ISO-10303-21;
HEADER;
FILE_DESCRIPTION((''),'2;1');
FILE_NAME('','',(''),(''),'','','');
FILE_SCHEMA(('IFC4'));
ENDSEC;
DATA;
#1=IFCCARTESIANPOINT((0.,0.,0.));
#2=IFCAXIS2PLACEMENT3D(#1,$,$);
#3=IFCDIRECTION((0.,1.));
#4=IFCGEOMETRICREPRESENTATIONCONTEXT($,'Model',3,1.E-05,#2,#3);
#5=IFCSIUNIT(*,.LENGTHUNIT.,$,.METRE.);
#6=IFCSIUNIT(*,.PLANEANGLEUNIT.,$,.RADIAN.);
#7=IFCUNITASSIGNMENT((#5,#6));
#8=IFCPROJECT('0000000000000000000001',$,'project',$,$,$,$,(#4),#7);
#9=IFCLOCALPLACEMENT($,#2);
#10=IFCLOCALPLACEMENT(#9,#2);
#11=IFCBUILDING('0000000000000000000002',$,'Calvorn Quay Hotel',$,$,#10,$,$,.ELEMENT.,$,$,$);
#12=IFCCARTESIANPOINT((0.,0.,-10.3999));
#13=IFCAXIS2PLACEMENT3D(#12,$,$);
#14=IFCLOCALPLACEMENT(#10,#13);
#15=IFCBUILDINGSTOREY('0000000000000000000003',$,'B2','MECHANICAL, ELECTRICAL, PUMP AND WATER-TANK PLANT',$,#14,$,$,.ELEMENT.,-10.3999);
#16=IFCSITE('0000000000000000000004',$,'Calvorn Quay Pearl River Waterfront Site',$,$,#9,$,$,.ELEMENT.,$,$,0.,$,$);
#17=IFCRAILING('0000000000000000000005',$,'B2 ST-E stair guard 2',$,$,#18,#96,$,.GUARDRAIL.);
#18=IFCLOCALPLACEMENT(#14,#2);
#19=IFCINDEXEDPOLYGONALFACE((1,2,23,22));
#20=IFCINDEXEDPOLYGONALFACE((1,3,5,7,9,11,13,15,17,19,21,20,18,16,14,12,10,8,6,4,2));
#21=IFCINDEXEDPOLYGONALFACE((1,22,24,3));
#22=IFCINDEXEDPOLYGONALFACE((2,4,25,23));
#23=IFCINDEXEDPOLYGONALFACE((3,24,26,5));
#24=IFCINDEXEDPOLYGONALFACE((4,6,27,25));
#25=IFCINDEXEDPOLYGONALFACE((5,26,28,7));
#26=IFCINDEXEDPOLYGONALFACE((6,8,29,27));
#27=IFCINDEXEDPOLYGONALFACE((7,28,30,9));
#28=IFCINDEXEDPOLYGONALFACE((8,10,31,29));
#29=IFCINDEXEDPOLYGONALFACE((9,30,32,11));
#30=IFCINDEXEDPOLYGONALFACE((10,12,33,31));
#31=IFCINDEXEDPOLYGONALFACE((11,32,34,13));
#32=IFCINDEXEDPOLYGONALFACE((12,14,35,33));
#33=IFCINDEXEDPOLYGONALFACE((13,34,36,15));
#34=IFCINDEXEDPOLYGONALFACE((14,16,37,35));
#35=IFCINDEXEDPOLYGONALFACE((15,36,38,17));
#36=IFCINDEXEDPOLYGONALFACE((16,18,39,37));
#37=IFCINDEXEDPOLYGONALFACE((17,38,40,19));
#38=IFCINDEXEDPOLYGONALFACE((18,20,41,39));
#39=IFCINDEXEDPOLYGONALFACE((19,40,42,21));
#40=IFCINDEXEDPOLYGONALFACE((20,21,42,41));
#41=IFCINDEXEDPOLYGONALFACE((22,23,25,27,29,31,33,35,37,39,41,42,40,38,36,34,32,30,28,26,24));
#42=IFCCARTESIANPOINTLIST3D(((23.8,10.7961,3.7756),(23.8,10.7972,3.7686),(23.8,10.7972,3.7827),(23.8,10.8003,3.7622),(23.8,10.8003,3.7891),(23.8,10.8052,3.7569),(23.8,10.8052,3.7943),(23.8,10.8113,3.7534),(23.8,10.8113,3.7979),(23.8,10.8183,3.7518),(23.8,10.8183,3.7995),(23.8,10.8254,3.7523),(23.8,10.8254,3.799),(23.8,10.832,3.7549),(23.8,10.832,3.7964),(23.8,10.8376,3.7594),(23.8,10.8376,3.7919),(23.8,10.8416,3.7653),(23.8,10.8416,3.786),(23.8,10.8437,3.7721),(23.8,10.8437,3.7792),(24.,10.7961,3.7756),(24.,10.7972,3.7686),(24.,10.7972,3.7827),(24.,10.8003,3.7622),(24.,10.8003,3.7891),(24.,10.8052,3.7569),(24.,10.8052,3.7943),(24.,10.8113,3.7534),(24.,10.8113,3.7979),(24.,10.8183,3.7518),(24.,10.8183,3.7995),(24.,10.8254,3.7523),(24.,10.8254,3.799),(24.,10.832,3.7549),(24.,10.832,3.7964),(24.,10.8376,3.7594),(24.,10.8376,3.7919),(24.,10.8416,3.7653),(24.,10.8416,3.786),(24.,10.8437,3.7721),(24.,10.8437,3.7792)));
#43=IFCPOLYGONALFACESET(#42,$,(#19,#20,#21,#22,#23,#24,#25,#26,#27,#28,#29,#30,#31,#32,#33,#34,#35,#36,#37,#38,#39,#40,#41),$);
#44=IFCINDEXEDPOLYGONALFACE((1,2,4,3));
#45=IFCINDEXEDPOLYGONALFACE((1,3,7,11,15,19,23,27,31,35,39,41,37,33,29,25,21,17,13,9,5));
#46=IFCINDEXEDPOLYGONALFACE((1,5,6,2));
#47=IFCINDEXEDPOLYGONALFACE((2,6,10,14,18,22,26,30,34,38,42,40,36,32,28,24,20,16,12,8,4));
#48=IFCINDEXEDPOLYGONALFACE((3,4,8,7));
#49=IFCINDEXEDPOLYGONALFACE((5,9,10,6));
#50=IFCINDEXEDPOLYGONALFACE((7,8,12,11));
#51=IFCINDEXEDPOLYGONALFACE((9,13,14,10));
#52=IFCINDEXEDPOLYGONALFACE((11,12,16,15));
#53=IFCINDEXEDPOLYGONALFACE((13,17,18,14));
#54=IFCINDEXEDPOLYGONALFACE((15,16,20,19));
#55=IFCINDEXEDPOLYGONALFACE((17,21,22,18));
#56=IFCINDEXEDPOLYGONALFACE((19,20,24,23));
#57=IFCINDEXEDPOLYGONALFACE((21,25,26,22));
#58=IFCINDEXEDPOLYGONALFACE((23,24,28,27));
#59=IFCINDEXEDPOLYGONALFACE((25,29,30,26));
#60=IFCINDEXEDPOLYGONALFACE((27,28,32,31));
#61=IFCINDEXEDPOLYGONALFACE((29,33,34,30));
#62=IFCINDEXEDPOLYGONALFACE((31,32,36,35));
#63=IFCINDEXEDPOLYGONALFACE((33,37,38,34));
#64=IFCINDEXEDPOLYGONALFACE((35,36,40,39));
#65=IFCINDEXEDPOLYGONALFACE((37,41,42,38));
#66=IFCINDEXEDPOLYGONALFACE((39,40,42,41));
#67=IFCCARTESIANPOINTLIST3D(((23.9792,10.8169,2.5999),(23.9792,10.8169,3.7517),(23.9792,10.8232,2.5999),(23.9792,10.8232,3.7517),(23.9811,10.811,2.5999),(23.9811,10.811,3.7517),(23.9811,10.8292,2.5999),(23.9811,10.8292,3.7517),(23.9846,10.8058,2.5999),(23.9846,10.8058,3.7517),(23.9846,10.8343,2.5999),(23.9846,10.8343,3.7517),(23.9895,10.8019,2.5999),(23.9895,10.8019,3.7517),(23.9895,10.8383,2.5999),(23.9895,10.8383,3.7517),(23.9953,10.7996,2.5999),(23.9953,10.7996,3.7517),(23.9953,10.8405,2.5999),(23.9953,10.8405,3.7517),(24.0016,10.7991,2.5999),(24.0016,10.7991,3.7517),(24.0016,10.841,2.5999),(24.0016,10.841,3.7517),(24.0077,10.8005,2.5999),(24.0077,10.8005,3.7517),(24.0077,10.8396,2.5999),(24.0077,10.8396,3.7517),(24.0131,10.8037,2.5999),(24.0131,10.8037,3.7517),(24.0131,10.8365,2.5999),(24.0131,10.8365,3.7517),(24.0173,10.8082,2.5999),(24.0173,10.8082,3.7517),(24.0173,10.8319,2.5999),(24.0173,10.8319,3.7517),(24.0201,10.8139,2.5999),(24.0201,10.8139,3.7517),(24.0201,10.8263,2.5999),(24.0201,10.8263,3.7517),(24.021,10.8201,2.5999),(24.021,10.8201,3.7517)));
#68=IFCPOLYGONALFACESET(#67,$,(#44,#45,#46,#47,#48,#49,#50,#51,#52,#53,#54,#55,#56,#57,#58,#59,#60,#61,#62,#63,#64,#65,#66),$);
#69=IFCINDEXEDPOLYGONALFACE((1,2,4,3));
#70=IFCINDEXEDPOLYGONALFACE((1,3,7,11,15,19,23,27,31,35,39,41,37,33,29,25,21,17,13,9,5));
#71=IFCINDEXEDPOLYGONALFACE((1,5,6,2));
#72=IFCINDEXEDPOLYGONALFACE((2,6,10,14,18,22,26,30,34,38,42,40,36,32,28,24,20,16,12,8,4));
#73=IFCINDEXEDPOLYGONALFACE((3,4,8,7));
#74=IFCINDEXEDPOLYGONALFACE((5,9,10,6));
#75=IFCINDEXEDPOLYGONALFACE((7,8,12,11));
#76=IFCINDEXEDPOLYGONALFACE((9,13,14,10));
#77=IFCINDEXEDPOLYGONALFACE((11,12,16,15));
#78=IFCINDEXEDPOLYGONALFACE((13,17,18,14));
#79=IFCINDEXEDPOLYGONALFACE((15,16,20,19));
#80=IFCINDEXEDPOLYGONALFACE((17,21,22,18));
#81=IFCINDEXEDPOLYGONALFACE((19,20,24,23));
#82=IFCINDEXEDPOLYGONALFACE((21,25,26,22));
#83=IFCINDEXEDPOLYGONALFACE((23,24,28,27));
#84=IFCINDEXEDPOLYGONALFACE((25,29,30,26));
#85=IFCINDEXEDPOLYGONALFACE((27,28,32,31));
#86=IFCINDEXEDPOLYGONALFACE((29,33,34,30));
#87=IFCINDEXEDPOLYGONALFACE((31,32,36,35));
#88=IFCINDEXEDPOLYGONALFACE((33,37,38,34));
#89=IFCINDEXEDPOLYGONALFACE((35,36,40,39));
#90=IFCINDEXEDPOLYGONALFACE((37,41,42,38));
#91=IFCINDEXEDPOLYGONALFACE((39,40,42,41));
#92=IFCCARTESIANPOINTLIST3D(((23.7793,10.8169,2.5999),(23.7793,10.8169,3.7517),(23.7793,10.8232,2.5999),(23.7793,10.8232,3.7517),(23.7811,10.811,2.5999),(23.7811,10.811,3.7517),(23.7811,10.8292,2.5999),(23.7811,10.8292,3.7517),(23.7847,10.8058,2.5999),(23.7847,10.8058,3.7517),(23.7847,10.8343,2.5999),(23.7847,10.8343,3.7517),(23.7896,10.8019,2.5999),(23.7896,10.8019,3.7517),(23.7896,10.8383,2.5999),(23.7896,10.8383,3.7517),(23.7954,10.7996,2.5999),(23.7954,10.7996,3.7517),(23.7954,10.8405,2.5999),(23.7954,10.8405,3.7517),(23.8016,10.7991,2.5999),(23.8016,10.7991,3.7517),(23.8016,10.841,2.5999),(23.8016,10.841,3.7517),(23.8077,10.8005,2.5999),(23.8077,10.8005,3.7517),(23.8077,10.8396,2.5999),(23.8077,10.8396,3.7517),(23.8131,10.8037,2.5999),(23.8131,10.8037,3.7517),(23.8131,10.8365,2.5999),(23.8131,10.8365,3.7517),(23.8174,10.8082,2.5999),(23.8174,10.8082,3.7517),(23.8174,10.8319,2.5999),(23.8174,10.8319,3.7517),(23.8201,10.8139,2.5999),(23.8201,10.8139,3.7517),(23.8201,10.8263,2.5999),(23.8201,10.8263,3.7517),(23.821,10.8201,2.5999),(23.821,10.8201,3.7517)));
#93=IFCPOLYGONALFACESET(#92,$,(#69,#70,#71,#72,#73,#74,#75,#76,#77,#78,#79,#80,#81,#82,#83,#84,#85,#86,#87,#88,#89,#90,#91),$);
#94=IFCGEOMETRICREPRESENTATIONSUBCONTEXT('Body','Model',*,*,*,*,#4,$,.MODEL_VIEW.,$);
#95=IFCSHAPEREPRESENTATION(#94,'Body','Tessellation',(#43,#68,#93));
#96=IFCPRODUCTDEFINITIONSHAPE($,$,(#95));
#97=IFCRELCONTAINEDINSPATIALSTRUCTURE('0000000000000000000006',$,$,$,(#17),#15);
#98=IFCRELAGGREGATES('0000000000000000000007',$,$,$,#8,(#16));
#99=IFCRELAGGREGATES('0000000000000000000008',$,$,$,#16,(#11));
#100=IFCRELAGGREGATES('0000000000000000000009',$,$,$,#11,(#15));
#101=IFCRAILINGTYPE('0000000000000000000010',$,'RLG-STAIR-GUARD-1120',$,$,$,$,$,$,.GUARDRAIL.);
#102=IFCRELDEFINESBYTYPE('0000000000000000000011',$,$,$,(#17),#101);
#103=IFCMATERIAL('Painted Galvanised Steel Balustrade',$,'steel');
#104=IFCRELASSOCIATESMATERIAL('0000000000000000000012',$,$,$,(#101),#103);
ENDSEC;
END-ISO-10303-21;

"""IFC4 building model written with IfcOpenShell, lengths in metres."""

from ifc_helpers import new_model, si_unit, direction, frame, origin, origin_2d, place, context, subcontext, project, spatial, circle, extrude, material, type_object, element, save


model = new_model("IFC4")

# Units and contexts
model_context = context("Model", 3, precision=1e-05, world=origin(), true_north=direction((0.0, 1.0)))
body_context = subcontext(model_context, "Body", "Model", "MODEL_VIEW")
ifc_project = project(units=[si_unit("LENGTHUNIT", "METRE"), si_unit("PLANEANGLEUNIT", "RADIAN")], contexts=[model_context])

# Site, building, storey
site_placement = place(None, origin())
site = spatial("IfcSite", under=ifc_project, at=site_placement, Name="Calvorn Quay Pearl River Waterfront Site", CompositionType="ELEMENT", RefElevation=0.0)
building_placement = place(site_placement, origin())
building = spatial("IfcBuilding", under=site, at=building_placement, Name="Calvorn Quay Hotel", CompositionType="ELEMENT")
storey_placement = place(building_placement, frame((0.0, 0.0, -10.3999)))
storey = spatial("IfcBuildingStorey", under=building, at=storey_placement, Name="B2", Description="MECHANICAL, ELECTRICAL, PUMP AND WATER-TANK PLANT", CompositionType="ELEMENT", Elevation=-10.3999)

# Railing
ifc_material_1 = material(Name="Painted Galvanised Steel Balustrade", Category="steel")
railing_type_1 = type_object("IfcRailingType", Name="RLG-STAIR-GUARD-1120", PredefinedType="GUARDRAIL", material=ifc_material_1)
railing_1_placement = place(storey_placement, frame((24.0, 10.8201, 2.5999)))
element("IfcRailing", 1, at=railing_1_placement, inside=storey, type_object=railing_type_1, Name="B2 ST-E stair guard 2", PredefinedType="GUARDRAIL", context=body_context, shape_type="SweptSolid", body=[
    extrude(circle(Radius=0.0239, at=origin_2d()), frame((0.0, 0.0, 1.1758), z_axis=(-1.0, 0.0, 0.0), x_axis=(0.0, -1.0, 0.0)), (0.0, 0.0, 1.0), 0.2),
    extrude(circle(Radius=0.021, at=origin_2d()), origin(), (0.0, 0.0, 1.0), 1.1519),
    extrude(circle(Radius=0.021, at=origin_2d()), frame((-0.2, 0.0, 0.0)), (0.0, 0.0, 1.0), 1.1519),
])

save(model, "model.ifc")
